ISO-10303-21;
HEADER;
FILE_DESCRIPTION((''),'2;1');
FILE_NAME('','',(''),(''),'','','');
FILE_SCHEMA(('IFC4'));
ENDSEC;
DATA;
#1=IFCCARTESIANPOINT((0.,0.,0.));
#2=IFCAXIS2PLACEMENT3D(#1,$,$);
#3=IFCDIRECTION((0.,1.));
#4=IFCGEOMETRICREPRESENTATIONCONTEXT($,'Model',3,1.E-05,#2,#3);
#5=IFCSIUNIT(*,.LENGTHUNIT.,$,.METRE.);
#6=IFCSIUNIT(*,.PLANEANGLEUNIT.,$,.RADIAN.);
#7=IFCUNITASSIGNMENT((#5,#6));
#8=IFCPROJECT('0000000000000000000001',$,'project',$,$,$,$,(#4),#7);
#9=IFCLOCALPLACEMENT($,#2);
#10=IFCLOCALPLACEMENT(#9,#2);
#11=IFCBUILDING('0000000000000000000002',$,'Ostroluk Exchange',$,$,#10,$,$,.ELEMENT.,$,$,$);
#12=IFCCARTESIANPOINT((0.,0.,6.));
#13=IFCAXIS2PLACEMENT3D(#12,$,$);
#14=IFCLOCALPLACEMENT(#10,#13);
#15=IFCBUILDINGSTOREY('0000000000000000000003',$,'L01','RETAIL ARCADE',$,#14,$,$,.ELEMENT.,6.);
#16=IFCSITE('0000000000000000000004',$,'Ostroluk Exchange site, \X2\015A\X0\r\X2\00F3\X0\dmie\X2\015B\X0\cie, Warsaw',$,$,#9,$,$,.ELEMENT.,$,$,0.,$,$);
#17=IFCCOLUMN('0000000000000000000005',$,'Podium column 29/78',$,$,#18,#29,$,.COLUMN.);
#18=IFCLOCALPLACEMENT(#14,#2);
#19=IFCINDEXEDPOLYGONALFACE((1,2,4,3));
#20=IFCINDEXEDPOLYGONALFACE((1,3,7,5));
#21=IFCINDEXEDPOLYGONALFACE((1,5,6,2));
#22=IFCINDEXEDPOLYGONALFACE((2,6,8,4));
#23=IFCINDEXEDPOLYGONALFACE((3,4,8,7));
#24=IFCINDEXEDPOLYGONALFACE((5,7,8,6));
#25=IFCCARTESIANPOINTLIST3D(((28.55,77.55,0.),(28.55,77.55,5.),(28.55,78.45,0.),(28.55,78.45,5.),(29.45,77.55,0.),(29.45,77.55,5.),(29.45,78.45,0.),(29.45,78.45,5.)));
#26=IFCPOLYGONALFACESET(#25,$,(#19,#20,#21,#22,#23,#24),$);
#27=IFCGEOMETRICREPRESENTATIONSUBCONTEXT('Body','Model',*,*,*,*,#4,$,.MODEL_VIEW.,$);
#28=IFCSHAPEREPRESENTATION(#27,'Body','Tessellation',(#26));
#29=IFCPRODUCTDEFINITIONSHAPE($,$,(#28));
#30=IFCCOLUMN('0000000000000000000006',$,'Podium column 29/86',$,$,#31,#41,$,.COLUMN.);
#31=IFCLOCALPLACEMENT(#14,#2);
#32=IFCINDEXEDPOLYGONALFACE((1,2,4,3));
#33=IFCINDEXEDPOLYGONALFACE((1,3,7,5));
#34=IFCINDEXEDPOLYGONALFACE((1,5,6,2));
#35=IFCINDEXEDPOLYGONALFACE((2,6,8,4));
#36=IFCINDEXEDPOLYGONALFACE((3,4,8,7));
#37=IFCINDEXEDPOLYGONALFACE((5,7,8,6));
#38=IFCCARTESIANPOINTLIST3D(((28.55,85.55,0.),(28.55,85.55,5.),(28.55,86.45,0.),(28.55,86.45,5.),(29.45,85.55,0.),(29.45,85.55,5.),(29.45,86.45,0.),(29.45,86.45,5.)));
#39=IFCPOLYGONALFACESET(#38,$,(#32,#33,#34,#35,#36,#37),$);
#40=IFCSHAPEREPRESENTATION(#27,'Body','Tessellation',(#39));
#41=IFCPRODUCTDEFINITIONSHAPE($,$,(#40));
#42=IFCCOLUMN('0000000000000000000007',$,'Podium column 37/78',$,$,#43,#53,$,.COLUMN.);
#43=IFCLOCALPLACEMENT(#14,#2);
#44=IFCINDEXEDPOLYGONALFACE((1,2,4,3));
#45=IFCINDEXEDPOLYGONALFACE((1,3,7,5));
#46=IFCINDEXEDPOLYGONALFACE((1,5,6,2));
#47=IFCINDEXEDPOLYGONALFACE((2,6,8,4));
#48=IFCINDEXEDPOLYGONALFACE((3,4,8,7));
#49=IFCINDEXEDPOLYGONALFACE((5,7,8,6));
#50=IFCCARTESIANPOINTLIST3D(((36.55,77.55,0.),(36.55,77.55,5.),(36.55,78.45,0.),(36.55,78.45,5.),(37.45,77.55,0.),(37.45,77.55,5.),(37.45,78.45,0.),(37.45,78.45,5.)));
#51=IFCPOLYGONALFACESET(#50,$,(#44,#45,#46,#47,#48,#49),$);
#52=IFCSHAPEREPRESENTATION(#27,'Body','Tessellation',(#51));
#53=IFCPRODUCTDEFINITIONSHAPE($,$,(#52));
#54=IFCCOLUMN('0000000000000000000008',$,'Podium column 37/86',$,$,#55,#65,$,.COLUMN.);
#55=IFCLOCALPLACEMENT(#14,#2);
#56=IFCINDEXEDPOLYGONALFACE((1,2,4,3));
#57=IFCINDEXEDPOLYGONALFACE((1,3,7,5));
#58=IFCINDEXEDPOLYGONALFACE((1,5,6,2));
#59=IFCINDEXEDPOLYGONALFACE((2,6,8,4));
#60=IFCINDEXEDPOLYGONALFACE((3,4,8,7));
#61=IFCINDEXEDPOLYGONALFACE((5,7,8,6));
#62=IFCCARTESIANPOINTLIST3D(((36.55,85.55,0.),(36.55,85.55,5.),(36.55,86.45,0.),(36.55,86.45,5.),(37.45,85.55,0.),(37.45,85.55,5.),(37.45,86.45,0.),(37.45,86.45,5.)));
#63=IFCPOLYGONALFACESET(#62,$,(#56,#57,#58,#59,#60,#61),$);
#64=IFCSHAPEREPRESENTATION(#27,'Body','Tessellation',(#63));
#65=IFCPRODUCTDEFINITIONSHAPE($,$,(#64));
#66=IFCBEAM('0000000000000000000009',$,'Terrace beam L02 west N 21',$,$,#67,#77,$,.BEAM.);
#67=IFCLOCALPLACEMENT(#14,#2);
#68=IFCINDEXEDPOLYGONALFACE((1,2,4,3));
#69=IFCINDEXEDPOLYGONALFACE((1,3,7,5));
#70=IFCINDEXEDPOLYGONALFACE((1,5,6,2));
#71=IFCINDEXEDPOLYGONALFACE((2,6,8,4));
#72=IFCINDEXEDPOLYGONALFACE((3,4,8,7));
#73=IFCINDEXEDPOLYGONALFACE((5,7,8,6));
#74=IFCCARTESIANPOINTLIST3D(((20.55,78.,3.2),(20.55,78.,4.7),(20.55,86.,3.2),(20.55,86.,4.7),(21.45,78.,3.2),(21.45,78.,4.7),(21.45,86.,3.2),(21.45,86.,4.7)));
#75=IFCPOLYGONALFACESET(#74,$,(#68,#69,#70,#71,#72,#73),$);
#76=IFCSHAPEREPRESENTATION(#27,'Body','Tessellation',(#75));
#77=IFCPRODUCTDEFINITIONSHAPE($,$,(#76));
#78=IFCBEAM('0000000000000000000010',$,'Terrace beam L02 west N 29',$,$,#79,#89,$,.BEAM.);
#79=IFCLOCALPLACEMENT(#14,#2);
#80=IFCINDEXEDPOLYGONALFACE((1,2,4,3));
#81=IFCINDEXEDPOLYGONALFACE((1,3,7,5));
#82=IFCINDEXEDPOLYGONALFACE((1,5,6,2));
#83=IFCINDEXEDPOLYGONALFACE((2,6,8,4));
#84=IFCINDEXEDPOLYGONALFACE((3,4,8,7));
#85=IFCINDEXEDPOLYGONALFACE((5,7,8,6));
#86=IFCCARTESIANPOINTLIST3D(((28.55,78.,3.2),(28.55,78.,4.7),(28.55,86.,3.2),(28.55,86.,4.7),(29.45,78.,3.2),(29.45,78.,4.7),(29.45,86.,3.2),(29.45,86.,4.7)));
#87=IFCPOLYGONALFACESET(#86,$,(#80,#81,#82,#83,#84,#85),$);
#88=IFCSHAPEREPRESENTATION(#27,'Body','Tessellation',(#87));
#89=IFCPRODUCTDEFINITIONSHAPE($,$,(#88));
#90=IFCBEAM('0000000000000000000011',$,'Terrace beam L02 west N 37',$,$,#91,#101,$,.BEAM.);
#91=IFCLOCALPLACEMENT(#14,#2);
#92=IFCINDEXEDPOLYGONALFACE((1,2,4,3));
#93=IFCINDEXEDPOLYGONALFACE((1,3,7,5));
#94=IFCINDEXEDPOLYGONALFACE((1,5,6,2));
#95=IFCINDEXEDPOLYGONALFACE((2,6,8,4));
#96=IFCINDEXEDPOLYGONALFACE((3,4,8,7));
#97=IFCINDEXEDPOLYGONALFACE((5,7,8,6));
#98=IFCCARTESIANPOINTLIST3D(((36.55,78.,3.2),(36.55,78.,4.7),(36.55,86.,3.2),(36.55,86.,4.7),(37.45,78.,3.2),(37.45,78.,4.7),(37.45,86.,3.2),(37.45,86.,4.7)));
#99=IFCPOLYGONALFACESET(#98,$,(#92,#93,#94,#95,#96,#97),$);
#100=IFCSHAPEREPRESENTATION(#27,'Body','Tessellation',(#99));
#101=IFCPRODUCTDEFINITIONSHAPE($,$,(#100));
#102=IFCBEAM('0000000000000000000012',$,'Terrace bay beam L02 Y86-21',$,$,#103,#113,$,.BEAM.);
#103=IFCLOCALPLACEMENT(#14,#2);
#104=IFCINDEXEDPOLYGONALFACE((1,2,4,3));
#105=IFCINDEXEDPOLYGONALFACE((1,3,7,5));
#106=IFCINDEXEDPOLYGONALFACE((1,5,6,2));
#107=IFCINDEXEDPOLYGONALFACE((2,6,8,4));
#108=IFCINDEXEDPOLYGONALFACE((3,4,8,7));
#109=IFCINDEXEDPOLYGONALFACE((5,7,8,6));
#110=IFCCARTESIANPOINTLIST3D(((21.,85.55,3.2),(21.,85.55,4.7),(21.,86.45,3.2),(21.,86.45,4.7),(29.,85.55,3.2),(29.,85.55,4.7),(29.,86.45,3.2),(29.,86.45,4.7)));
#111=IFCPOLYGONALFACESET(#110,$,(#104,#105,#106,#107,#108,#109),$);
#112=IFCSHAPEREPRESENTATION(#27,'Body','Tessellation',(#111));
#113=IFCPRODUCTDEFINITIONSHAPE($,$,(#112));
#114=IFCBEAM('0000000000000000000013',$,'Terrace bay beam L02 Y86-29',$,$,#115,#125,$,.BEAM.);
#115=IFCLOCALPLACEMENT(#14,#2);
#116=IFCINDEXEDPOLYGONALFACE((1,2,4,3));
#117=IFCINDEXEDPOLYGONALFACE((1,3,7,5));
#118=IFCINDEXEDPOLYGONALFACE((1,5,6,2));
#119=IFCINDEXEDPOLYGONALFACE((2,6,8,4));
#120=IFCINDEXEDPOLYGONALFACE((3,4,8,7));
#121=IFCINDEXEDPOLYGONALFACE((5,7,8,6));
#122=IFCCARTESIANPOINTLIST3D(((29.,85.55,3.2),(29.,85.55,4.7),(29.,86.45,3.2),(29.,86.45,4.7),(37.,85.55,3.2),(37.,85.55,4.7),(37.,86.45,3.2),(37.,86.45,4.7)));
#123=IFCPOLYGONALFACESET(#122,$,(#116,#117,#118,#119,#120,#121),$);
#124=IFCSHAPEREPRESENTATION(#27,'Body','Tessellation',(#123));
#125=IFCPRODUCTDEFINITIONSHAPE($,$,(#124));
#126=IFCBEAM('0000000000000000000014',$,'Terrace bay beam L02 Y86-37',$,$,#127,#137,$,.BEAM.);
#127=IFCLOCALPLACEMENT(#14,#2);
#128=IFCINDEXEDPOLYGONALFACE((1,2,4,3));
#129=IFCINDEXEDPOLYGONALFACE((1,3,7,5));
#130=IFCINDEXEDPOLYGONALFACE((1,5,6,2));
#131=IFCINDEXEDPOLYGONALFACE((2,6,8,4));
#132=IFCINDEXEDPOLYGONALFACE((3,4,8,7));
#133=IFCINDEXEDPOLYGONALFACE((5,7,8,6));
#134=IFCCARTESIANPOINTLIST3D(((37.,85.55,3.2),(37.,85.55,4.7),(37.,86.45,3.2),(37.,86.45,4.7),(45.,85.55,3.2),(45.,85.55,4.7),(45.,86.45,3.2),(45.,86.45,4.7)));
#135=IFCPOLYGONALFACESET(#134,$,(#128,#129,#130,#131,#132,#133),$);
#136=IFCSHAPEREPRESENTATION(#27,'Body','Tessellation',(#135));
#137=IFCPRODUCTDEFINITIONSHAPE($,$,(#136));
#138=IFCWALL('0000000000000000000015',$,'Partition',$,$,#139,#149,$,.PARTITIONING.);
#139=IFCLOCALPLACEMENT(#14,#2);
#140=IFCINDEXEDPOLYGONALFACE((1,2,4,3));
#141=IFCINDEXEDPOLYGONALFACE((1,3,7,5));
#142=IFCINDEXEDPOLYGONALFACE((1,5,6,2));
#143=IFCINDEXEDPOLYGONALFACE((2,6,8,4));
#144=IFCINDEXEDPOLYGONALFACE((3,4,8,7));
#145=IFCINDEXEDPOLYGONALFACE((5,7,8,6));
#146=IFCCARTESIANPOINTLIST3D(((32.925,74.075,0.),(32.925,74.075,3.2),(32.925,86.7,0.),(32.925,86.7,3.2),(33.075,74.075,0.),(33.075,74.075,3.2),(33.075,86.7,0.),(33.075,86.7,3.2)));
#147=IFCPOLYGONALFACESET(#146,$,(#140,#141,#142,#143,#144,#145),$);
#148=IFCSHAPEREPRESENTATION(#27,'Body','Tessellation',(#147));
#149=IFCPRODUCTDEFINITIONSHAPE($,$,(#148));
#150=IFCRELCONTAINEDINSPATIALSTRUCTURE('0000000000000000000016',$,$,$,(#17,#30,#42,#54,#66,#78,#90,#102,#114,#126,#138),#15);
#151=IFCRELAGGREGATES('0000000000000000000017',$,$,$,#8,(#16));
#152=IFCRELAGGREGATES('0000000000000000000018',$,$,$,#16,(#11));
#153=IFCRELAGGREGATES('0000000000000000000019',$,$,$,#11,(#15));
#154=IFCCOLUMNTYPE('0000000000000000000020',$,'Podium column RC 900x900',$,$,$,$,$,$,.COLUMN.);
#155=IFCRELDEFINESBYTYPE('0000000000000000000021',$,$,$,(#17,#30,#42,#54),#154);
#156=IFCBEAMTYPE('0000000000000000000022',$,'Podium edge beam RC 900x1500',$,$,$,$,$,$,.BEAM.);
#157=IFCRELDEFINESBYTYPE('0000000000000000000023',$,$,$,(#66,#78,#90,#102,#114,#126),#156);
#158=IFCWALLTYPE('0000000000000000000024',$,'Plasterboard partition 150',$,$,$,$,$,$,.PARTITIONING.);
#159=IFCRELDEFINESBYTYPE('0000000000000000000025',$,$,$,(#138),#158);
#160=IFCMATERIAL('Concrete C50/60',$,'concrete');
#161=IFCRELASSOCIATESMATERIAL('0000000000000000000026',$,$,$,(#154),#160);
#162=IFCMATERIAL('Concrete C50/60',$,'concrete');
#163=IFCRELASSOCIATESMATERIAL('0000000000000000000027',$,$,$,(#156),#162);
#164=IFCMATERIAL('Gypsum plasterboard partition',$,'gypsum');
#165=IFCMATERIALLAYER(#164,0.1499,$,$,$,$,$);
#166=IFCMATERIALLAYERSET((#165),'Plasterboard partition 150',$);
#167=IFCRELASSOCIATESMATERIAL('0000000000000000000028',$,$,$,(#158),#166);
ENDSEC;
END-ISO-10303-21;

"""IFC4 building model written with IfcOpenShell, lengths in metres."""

from ifc_helpers import new_model, si_unit, direction, frame, frame_2d, origin, origin_2d, place, context, subcontext, project, spatial, rectangle, extrude, material, layer, layer_set, material_profile, profile_set, type_object, element, save


model = new_model("IFC4")

# Units and contexts
model_context = context("Model", 3, precision=1e-05, world=origin(), true_north=direction((0.0, 1.0)))
body_context = subcontext(model_context, "Body", "Model", "MODEL_VIEW")
ifc_project = project(units=[si_unit("LENGTHUNIT", "METRE"), si_unit("PLANEANGLEUNIT", "RADIAN")], contexts=[model_context])

# Site, building, storey
site_placement = place(None, origin())
site = spatial("IfcSite", under=ifc_project, at=site_placement, Name="Ostroluk Exchange site, Śródmieście, Warsaw", CompositionType="ELEMENT", RefElevation=0.0)
building_placement = place(site_placement, origin())
building = spatial("IfcBuilding", under=site, at=building_placement, Name="Ostroluk Exchange", CompositionType="ELEMENT")
storey_placement = place(building_placement, frame((0.0, 0.0, 6.0)))
storey = spatial("IfcBuildingStorey", under=building, at=storey_placement, Name="L01", Description="RETAIL ARCADE", CompositionType="ELEMENT", Elevation=6.0)

# Columns
ifc_material_1 = material(Name="Concrete C50/60", Category="concrete")
ifc_material_profile_1 = material_profile(ifc_material_1, rectangle(XDim=0.8999, YDim=0.8999, at=origin_2d()), Name="RC 900x900")
ifc_profile_set_1 = profile_set([ifc_material_profile_1], Name="Concrete C50/60")
column_type = type_object("IfcColumnType", Name="Podium column RC 900x900", PredefinedType="COLUMN", material=ifc_profile_set_1)
for number, where, z_axis, x_axis, name in (
    (1, (29.0, 78.0, 0.0), (0.0, 0.0, 1.0), (1.0, 0.0, 0.0), "Podium column 29/78"),
    (2, (29.0, 86.0, 0.0), (0.0, 0.0, 1.0), (1.0, 0.0, 0.0), "Podium column 29/86"),
    (3, (37.0, 78.0, 0.0), (0.0, 0.0, 1.0), (1.0, 0.0, 0.0), "Podium column 37/78"),
    (4, (37.0, 86.0, 0.0), (0.0, 0.0, 1.0), (1.0, 0.0, 0.0), "Podium column 37/86"),
):
    element("IfcColumn", number, at=place(storey_placement, frame(where, z_axis=z_axis, x_axis=x_axis)), inside=storey, type_object=column_type, Name=name, PredefinedType="COLUMN", context=body_context, shape_type="SweptSolid", body=[
        extrude(rectangle(XDim=0.8999, YDim=0.8999, at=origin_2d()), origin(), (0.0, 0.0, 1.0), 5.0),
    ])

# Beams
ifc_material_2 = material(Name="Concrete C50/60", Category="concrete")
ifc_material_profile_2 = material_profile(ifc_material_2, rectangle(XDim=0.8999, YDim=1.5, at=origin_2d()), Name="RC 900x1500")
ifc_profile_set_2 = profile_set([ifc_material_profile_2], Name="Concrete C50/60")
beam_type = type_object("IfcBeamType", Name="Podium edge beam RC 900x1500", PredefinedType="BEAM", material=ifc_profile_set_2)
for number, where, z_axis, x_axis, name in (
    (5, (21.0, 86.0, 3.95), (0.0, -1.0, 0.0), (1.0, 0.0, 0.0), "Terrace beam L02 west N 21"),
    (6, (29.0, 86.0, 3.95), (0.0, -1.0, 0.0), (1.0, 0.0, 0.0), "Terrace beam L02 west N 29"),
    (7, (37.0, 86.0, 3.95), (0.0, -1.0, 0.0), (1.0, 0.0, 0.0), "Terrace beam L02 west N 37"),
    (8, (21.0, 86.0, 3.95), (1.0, 0.0, 0.0), (0.0, 1.0, 0.0), "Terrace bay beam L02 Y86-21"),
    (9, (29.0, 86.0, 3.95), (1.0, 0.0, 0.0), (0.0, 1.0, 0.0), "Terrace bay beam L02 Y86-29"),
    (10, (37.0, 86.0, 3.95), (1.0, 0.0, 0.0), (0.0, 1.0, 0.0), "Terrace bay beam L02 Y86-37"),
):
    element("IfcBeam", number, at=place(storey_placement, frame(where, z_axis=z_axis, x_axis=x_axis)), inside=storey, type_object=beam_type, Name=name, PredefinedType="BEAM", context=body_context, shape_type="SweptSolid", body=[
        extrude(rectangle(XDim=0.8999, YDim=1.5, at=origin_2d()), origin(), (0.0, 0.0, 1.0), 8.0),
    ])

# Wall
ifc_material_3 = material(Name="Gypsum plasterboard partition", Category="gypsum")
ifc_layer = layer(ifc_material_3, 0.1499)
ifc_layer_set = layer_set([ifc_layer], Name="Plasterboard partition 150")
wall_type = type_object("IfcWallType", Name="Plasterboard partition 150", PredefinedType="PARTITIONING", material=ifc_layer_set)
wall_placement = place(storey_placement, frame((33.0, 74.075, 0.0), z_axis=(0.0, 0.0, 1.0), x_axis=(0.0, 1.0, 0.0)))
element("IfcWall", 11, at=wall_placement, inside=storey, type_object=wall_type, Name="Partition", PredefinedType="PARTITIONING", context=body_context, shape_type="SweptSolid", body=[
    extrude(rectangle(XDim=12.625, YDim=0.1499, at=frame_2d((6.3125, 0.0))), origin(), (0.0, 0.0, 1.0), 3.2),
])

save(model, "model.ifc")
